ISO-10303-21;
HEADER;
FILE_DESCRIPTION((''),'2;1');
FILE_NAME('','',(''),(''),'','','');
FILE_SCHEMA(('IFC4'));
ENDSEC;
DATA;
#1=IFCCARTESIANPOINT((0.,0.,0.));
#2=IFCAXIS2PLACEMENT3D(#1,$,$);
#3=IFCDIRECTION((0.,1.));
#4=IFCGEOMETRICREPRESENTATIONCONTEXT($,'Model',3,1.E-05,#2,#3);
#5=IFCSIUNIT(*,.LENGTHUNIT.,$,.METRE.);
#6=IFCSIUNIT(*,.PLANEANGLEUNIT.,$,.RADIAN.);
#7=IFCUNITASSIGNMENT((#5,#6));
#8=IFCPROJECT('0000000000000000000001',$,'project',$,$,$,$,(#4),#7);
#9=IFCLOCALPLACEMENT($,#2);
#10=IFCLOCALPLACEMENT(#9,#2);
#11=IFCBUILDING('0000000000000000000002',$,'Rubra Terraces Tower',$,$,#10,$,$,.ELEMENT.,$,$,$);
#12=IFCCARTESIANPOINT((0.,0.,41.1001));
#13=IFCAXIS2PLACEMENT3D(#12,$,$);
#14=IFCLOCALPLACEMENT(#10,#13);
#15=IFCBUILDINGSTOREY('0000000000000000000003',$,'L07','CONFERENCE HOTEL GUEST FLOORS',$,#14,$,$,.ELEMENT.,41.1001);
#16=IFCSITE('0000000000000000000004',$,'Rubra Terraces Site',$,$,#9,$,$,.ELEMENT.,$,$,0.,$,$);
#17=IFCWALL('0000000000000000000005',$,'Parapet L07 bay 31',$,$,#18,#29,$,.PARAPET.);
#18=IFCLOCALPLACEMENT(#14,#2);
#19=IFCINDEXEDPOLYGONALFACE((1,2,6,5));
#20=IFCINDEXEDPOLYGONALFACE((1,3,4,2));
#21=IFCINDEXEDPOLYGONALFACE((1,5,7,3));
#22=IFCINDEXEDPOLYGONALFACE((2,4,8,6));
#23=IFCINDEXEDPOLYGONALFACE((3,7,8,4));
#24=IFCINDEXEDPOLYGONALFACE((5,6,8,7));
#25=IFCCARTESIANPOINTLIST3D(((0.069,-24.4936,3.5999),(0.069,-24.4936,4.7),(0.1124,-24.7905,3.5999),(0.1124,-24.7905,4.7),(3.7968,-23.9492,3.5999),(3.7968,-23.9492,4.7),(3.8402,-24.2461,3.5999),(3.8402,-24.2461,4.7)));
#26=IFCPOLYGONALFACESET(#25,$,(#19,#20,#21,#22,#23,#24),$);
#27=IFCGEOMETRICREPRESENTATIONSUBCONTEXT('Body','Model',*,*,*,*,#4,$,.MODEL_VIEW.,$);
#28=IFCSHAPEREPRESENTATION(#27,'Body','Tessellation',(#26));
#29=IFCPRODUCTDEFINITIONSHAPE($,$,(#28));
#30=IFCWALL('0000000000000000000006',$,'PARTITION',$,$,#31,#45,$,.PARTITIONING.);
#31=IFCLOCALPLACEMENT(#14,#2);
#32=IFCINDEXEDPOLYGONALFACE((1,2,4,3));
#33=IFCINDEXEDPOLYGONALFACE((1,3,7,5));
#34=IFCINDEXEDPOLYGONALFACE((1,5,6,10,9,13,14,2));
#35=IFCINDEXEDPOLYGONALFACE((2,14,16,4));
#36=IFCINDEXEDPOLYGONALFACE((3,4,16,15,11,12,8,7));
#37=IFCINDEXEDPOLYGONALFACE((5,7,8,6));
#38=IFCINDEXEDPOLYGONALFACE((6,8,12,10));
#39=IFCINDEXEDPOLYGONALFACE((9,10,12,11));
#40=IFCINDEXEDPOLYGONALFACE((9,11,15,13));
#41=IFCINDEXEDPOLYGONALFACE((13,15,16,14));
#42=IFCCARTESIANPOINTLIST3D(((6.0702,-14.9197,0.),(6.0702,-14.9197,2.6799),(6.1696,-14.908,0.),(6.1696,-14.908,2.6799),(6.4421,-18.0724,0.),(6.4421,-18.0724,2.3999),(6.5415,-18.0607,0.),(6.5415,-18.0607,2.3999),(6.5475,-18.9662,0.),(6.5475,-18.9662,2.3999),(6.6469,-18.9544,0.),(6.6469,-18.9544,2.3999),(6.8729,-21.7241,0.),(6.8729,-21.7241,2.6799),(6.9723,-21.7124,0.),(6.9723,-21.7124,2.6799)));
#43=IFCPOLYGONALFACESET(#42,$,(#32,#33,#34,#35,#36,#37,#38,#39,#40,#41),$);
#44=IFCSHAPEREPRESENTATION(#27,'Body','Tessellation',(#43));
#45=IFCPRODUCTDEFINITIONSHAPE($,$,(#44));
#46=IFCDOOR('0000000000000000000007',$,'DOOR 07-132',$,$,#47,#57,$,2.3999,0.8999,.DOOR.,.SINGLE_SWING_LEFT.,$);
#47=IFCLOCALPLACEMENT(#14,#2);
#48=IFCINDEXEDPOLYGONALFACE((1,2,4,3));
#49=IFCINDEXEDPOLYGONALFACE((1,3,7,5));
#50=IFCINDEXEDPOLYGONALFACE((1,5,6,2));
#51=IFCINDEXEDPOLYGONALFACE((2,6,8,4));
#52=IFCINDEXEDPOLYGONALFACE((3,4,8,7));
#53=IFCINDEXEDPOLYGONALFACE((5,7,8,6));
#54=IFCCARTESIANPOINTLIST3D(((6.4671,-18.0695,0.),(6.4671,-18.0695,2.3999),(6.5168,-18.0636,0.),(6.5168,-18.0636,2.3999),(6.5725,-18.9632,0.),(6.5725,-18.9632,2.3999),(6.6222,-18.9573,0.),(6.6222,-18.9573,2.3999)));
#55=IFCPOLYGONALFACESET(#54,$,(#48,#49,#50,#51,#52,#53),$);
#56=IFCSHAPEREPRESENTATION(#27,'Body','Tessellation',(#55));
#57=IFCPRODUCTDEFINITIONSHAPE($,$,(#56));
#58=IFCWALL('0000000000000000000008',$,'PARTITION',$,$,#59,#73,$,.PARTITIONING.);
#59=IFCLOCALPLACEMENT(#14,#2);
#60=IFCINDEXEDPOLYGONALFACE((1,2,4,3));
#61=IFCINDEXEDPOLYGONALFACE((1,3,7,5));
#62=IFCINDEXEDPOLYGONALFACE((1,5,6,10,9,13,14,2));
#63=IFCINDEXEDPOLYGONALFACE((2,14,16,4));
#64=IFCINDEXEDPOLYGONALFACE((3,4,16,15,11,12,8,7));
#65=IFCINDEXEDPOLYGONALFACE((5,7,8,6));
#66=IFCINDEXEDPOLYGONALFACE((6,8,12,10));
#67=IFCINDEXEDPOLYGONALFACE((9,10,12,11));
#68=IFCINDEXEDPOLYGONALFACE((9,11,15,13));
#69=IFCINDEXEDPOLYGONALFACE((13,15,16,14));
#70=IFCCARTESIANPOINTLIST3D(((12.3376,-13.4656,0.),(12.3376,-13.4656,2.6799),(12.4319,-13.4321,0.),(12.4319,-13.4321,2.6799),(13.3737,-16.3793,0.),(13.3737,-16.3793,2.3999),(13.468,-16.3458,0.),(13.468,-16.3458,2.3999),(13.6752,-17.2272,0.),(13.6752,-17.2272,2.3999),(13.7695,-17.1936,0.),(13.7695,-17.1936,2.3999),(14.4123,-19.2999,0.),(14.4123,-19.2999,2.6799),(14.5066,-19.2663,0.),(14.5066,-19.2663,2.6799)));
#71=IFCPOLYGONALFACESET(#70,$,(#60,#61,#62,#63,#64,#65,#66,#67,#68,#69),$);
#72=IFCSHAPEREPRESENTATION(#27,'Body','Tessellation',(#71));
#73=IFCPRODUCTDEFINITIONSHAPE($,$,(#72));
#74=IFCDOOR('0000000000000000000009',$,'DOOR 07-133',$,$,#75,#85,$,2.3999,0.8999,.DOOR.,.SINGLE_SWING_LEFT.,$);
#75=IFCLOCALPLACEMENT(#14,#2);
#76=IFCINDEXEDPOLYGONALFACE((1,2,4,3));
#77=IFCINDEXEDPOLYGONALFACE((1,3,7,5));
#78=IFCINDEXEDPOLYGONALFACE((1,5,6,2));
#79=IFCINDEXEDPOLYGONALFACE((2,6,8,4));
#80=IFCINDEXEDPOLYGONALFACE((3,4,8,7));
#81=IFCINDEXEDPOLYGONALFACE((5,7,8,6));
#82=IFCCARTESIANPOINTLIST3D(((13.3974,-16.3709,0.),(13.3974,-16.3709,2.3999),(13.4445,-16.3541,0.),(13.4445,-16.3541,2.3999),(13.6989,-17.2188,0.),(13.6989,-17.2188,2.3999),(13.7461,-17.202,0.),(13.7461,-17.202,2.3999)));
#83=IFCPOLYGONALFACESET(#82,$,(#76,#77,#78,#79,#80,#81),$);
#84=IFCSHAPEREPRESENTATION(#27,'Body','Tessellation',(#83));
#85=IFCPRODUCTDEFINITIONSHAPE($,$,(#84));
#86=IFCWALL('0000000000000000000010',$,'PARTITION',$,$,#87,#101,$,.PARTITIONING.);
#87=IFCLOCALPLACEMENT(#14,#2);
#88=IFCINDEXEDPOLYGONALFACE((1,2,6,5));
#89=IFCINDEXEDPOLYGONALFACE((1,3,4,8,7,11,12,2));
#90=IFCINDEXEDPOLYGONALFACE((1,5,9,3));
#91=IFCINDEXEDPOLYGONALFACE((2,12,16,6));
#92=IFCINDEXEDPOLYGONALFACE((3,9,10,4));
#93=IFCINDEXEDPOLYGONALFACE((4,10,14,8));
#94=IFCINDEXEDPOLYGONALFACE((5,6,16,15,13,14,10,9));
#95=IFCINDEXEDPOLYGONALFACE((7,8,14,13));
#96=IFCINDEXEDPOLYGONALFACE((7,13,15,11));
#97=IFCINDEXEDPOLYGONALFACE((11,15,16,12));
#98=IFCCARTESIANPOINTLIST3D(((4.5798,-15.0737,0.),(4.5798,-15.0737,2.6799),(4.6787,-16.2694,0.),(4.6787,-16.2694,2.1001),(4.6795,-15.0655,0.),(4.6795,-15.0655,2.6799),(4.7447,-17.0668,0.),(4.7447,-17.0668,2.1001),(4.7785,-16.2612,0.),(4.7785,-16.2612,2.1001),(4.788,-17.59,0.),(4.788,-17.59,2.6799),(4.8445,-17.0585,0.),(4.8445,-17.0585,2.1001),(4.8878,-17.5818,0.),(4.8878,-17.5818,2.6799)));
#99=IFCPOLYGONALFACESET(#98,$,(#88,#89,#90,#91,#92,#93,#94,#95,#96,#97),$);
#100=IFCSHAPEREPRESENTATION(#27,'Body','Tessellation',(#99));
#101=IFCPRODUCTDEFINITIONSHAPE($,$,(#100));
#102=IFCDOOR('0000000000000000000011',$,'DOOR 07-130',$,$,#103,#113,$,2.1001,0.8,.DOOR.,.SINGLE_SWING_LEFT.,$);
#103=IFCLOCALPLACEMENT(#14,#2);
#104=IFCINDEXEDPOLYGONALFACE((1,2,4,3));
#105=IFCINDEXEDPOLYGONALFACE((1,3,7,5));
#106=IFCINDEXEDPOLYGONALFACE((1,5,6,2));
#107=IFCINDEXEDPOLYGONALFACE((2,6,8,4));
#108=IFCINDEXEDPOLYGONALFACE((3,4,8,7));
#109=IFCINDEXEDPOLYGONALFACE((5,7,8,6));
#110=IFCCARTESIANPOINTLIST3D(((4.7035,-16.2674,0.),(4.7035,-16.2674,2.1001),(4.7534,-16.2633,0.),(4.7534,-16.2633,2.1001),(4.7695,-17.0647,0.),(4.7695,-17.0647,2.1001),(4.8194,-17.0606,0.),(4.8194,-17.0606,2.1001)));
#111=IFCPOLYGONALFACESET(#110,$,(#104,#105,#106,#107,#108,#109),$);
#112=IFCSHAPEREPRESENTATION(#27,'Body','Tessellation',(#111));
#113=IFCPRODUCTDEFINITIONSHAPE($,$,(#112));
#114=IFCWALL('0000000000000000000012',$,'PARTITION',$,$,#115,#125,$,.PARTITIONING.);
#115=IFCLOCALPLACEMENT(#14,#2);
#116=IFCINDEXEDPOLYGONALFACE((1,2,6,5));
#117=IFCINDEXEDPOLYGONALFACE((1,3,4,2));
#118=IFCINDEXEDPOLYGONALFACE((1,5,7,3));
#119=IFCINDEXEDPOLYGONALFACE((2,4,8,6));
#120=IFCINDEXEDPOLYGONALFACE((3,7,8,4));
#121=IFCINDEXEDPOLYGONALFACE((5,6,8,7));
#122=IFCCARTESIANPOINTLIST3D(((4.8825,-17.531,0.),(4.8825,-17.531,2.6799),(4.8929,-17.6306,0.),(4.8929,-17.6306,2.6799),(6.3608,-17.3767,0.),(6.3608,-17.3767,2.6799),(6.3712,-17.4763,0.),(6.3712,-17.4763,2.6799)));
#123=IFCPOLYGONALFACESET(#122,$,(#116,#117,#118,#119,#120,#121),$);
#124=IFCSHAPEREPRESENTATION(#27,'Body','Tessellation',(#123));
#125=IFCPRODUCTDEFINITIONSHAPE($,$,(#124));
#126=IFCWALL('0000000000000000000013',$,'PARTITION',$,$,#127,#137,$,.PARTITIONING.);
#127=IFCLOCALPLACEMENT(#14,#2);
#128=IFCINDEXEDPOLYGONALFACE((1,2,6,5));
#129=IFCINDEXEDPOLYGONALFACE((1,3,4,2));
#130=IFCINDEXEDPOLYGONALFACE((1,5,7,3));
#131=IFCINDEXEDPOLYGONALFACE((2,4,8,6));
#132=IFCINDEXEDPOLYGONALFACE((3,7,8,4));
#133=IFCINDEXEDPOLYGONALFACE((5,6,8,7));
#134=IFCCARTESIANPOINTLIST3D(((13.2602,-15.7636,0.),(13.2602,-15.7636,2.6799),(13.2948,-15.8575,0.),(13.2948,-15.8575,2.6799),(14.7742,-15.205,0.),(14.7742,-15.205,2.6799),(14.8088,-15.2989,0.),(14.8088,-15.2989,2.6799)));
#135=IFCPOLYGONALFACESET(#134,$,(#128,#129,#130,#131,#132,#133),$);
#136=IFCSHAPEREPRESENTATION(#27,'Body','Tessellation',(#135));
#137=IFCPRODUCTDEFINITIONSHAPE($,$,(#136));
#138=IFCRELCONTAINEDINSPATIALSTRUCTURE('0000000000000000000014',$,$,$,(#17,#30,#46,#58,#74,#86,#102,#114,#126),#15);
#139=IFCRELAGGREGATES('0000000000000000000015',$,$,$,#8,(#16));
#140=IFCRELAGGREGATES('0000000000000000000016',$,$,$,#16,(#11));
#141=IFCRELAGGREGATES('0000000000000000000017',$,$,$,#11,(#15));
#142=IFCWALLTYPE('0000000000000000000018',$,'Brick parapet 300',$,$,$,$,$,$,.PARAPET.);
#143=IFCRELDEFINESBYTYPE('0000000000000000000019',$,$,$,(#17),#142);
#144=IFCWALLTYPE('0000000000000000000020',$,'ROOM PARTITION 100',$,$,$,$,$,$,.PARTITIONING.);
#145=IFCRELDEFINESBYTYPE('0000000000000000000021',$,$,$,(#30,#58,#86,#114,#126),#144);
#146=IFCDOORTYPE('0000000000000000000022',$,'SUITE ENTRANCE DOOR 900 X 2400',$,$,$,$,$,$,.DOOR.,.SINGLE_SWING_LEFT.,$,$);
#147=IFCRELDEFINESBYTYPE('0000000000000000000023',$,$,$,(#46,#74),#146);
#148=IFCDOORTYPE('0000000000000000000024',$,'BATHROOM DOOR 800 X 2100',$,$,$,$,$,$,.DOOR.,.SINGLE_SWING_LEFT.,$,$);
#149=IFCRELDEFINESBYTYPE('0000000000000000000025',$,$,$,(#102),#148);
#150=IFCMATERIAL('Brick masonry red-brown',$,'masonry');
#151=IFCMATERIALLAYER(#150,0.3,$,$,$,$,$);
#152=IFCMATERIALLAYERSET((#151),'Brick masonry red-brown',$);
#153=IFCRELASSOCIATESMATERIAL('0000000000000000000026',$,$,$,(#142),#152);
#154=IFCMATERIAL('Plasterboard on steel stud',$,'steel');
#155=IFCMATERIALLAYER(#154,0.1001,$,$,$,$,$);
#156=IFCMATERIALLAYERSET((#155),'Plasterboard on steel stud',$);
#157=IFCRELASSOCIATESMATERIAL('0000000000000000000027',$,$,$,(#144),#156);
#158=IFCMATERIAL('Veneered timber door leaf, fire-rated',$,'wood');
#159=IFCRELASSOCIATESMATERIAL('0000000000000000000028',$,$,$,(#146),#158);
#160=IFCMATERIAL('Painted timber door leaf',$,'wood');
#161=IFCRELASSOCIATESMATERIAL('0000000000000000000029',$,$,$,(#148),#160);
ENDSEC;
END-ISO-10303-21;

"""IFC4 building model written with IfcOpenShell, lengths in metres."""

from ifc_helpers import new_model, si_unit, direction, frame, frame_2d, origin, place, context, subcontext, project, spatial, rectangle, extrude, material, layer, layer_set, type_object, element, fill, save


model = new_model("IFC4")

# Units and contexts
model_context = context("Model", 3, precision=1e-05, world=origin(), true_north=direction((0.0, 1.0)))
body_context = subcontext(model_context, "Body", "Model", "MODEL_VIEW")
ifc_project = project(units=[si_unit("LENGTHUNIT", "METRE"), si_unit("PLANEANGLEUNIT", "RADIAN")], contexts=[model_context])

# Site, building, storey
site_placement = place(None, origin())
site = spatial("IfcSite", under=ifc_project, at=site_placement, Name="Rubra Terraces Site", CompositionType="ELEMENT", RefElevation=0.0)
building_placement = place(site_placement, origin())
building = spatial("IfcBuilding", under=site, at=building_placement, Name="Rubra Terraces Tower", CompositionType="ELEMENT")
storey_placement = place(building_placement, frame((0.0, 0.0, 41.1001)))
storey = spatial("IfcBuildingStorey", under=building, at=storey_placement, Name="L07", Description="CONFERENCE HOTEL GUEST FLOORS", CompositionType="ELEMENT", Elevation=41.1001)

# Shared definitions
ifc_material_1 = material(Name="Brick masonry red-brown", Category="masonry")

# Wall
ifc_layer_1 = layer(ifc_material_1, 0.3)
ifc_layer_set_1 = layer_set([ifc_layer_1], Name="Brick masonry red-brown")
wall_type_1 = type_object("IfcWallType", Name="Brick parapet 300", PredefinedType="PARAPET", material=ifc_layer_set_1)
wall_1_placement = place(storey_placement, frame((0.0906, -24.6421, 3.5999), z_axis=(0.0, 0.0, 1.0), x_axis=(0.989503, 0.144514, 0.0)))
element("IfcWall", 1, at=wall_1_placement, inside=storey, type_object=wall_type_1, Name="Parapet L07 bay 31", PredefinedType="PARAPET", context=body_context, shape_type="SweptSolid", body=[
    extrude(rectangle(XDim=3.7673, YDim=0.3, at=frame_2d((1.8838, 0.0))), origin(), (0.0, 0.0, 1.0), 1.1001),
])

# Walls, openings, doors
ifc_material_2 = material(Name="Plasterboard on steel stud", Category="steel")
ifc_layer_2 = layer(ifc_material_2, 0.1001)
ifc_layer_set_2 = layer_set([ifc_layer_2], Name="Plasterboard on steel stud")
wall_type_2 = type_object("IfcWallType", Name="ROOM PARTITION 100", PredefinedType="PARTITIONING", material=ifc_layer_set_2)
wall_2_placement = place(storey_placement, frame((6.9226, -21.7183, 0.0), z_axis=(0.0, 0.0, 1.0), x_axis=(-0.11716, 0.993113, 0.0)))
wall_2 = element("IfcWall", 2, at=wall_2_placement, inside=storey, type_object=wall_type_2, Name="PARTITION", PredefinedType="PARTITIONING", context=body_context, shape_type="SweptSolid", body=[
    extrude(rectangle(XDim=6.8516, YDim=0.1001, at=frame_2d((3.4258, 0.0))), origin(), (0.0, 0.0, 1.0), 2.6799),
])
opening_1_placement = place(wall_2_placement, frame((2.7771, 0.0, 0.0)))
opening_1 = element("IfcOpeningElement", 3, at=opening_1_placement, cuts=wall_2, PredefinedType="OPENING", context=body_context, shape_type="SweptSolid", body=[
    extrude(rectangle(XDim=0.8999, YDim=2.3999, at=frame_2d((0.45, 1.2))), frame((0.0, 0.0601, 0.0), z_axis=(0.0, -1.0, 0.0), x_axis=(1.0, 0.0, 0.0)), (0.0, 0.0, 1.0), 0.1201),
])
ifc_material_3 = material(Name="Veneered timber door leaf, fire-rated", Category="wood")
door_type_1 = type_object("IfcDoorType", Name="SUITE ENTRANCE DOOR 900 X 2400", OperationType="SINGLE_SWING_LEFT", PredefinedType="DOOR", material=ifc_material_3)
door_1_placement = place(opening_1_placement, origin())
door_1 = element("IfcDoor", 4, at=door_1_placement, inside=storey, type_object=door_type_1, Name="DOOR 07-132", OperationType="SINGLE_SWING_LEFT", OverallHeight=2.3999, OverallWidth=0.8999, PredefinedType="DOOR", context=body_context, shape_type="SweptSolid", body=[
    extrude(rectangle(XDim=0.8999, YDim=2.3999, at=frame_2d((0.45, 1.2))), frame((0.0, 0.0249, 0.0), z_axis=(0.0, -1.0, 0.0), x_axis=(1.0, 0.0, 0.0)), (0.0, 0.0, 1.0), 0.05),
])
fill(opening_1, door_1)
wall_3_placement = place(storey_placement, frame((14.4595, -19.2832, 0.0), z_axis=(0.0, 0.0, 1.0), x_axis=(-0.335055, 0.942199, 0.0)))
wall_3 = element("IfcWall", 5, at=wall_3_placement, inside=storey, type_object=wall_type_2, Name="PARTITION", PredefinedType="PARTITIONING", context=body_context, shape_type="SweptSolid", body=[
    extrude(rectangle(XDim=6.1921, YDim=0.1001, at=frame_2d((3.0962, 0.0))), origin(), (0.0, 0.0, 1.0), 2.6799),
])
opening_2_placement = place(wall_3_placement, frame((2.2, 0.0, 0.0)))
opening_2 = element("IfcOpeningElement", 6, at=opening_2_placement, cuts=wall_3, PredefinedType="OPENING", context=body_context, shape_type="SweptSolid", body=[
    extrude(rectangle(XDim=0.8999, YDim=2.3999, at=frame_2d((0.45, 1.2))), frame((0.0, 0.0601, 0.0), z_axis=(0.0, -1.0, 0.0), x_axis=(1.0, 0.0, 0.0)), (0.0, 0.0, 1.0), 0.1201),
])
door_2_placement = place(opening_2_placement, origin())
door_2 = element("IfcDoor", 7, at=door_2_placement, inside=storey, type_object=door_type_1, Name="DOOR 07-133", OperationType="SINGLE_SWING_LEFT", OverallHeight=2.3999, OverallWidth=0.8999, PredefinedType="DOOR", context=body_context, shape_type="SweptSolid", body=[
    extrude(rectangle(XDim=0.8999, YDim=2.3999, at=frame_2d((0.45, 1.2))), frame((0.0, 0.0249, 0.0), z_axis=(0.0, -1.0, 0.0), x_axis=(1.0, 0.0, 0.0)), (0.0, 0.0, 1.0), 0.05),
])
fill(opening_2, door_2)
wall_4_placement = place(storey_placement, frame((4.6296, -15.0696, 0.0), z_axis=(0.0, 0.0, 1.0), x_axis=(0.082477, -0.996593, 0.0)))
wall_4 = element("IfcWall", 8, at=wall_4_placement, inside=storey, type_object=wall_type_2, Name="PARTITION", PredefinedType="PARTITIONING", context=body_context, shape_type="SweptSolid", body=[
    extrude(rectangle(XDim=2.5249, YDim=0.1001, at=frame_2d((1.2625, 0.0))), origin(), (0.0, 0.0, 1.0), 2.6799),
])
opening_3_placement = place(wall_4_placement, frame((1.2, 0.0, 0.0)))
opening_3 = element("IfcOpeningElement", 9, at=opening_3_placement, cuts=wall_4, PredefinedType="OPENING", context=body_context, shape_type="SweptSolid", body=[
    extrude(rectangle(XDim=0.8, YDim=2.1001, at=frame_2d((0.3999, 1.05))), frame((0.0, 0.0601, 0.0), z_axis=(0.0, -1.0, 0.0), x_axis=(1.0, 0.0, 0.0)), (0.0, 0.0, 1.0), 0.1201),
])
ifc_material_4 = material(Name="Painted timber door leaf", Category="wood")
door_type_2 = type_object("IfcDoorType", Name="BATHROOM DOOR 800 X 2100", OperationType="SINGLE_SWING_LEFT", PredefinedType="DOOR", material=ifc_material_4)
door_3_placement = place(opening_3_placement, origin())
door_3 = element("IfcDoor", 10, at=door_3_placement, inside=storey, type_object=door_type_2, Name="DOOR 07-130", OperationType="SINGLE_SWING_LEFT", OverallHeight=2.1001, OverallWidth=0.8, PredefinedType="DOOR", context=body_context, shape_type="SweptSolid", body=[
    extrude(rectangle(XDim=0.8, YDim=2.1001, at=frame_2d((0.3999, 1.05))), frame((0.0, 0.0249, 0.0), z_axis=(0.0, -1.0, 0.0), x_axis=(1.0, 0.0, 0.0)), (0.0, 0.0, 1.0), 0.05),
])
fill(opening_3, door_3)

# Walls
wall_5_placement = place(storey_placement, frame((4.8877, -17.5808, 0.0), z_axis=(0.0, 0.0, 1.0), x_axis=(0.994597, 0.103813, 0.0)))
element("IfcWall", 11, at=wall_5_placement, inside=storey, type_object=wall_type_2, Name="PARTITION", PredefinedType="PARTITIONING", context=body_context, shape_type="SweptSolid", body=[
    extrude(rectangle(XDim=1.4863, YDim=0.1001, at=frame_2d((0.7432, 0.0))), origin(), (0.0, 0.0, 1.0), 2.6799),
])
wall_6_placement = place(storey_placement, frame((14.7915, -15.252, 0.0), z_axis=(0.0, 0.0, 1.0), x_axis=(-0.938175, -0.346161, 0.0)))
element("IfcWall", 12, at=wall_6_placement, inside=storey, type_object=wall_type_2, Name="PARTITION", PredefinedType="PARTITIONING", context=body_context, shape_type="SweptSolid", body=[
    extrude(rectangle(XDim=1.6138, YDim=0.1001, at=frame_2d((0.8069, 0.0))), origin(), (0.0, 0.0, 1.0), 2.6799),
])

save(model, "model.ifc")
